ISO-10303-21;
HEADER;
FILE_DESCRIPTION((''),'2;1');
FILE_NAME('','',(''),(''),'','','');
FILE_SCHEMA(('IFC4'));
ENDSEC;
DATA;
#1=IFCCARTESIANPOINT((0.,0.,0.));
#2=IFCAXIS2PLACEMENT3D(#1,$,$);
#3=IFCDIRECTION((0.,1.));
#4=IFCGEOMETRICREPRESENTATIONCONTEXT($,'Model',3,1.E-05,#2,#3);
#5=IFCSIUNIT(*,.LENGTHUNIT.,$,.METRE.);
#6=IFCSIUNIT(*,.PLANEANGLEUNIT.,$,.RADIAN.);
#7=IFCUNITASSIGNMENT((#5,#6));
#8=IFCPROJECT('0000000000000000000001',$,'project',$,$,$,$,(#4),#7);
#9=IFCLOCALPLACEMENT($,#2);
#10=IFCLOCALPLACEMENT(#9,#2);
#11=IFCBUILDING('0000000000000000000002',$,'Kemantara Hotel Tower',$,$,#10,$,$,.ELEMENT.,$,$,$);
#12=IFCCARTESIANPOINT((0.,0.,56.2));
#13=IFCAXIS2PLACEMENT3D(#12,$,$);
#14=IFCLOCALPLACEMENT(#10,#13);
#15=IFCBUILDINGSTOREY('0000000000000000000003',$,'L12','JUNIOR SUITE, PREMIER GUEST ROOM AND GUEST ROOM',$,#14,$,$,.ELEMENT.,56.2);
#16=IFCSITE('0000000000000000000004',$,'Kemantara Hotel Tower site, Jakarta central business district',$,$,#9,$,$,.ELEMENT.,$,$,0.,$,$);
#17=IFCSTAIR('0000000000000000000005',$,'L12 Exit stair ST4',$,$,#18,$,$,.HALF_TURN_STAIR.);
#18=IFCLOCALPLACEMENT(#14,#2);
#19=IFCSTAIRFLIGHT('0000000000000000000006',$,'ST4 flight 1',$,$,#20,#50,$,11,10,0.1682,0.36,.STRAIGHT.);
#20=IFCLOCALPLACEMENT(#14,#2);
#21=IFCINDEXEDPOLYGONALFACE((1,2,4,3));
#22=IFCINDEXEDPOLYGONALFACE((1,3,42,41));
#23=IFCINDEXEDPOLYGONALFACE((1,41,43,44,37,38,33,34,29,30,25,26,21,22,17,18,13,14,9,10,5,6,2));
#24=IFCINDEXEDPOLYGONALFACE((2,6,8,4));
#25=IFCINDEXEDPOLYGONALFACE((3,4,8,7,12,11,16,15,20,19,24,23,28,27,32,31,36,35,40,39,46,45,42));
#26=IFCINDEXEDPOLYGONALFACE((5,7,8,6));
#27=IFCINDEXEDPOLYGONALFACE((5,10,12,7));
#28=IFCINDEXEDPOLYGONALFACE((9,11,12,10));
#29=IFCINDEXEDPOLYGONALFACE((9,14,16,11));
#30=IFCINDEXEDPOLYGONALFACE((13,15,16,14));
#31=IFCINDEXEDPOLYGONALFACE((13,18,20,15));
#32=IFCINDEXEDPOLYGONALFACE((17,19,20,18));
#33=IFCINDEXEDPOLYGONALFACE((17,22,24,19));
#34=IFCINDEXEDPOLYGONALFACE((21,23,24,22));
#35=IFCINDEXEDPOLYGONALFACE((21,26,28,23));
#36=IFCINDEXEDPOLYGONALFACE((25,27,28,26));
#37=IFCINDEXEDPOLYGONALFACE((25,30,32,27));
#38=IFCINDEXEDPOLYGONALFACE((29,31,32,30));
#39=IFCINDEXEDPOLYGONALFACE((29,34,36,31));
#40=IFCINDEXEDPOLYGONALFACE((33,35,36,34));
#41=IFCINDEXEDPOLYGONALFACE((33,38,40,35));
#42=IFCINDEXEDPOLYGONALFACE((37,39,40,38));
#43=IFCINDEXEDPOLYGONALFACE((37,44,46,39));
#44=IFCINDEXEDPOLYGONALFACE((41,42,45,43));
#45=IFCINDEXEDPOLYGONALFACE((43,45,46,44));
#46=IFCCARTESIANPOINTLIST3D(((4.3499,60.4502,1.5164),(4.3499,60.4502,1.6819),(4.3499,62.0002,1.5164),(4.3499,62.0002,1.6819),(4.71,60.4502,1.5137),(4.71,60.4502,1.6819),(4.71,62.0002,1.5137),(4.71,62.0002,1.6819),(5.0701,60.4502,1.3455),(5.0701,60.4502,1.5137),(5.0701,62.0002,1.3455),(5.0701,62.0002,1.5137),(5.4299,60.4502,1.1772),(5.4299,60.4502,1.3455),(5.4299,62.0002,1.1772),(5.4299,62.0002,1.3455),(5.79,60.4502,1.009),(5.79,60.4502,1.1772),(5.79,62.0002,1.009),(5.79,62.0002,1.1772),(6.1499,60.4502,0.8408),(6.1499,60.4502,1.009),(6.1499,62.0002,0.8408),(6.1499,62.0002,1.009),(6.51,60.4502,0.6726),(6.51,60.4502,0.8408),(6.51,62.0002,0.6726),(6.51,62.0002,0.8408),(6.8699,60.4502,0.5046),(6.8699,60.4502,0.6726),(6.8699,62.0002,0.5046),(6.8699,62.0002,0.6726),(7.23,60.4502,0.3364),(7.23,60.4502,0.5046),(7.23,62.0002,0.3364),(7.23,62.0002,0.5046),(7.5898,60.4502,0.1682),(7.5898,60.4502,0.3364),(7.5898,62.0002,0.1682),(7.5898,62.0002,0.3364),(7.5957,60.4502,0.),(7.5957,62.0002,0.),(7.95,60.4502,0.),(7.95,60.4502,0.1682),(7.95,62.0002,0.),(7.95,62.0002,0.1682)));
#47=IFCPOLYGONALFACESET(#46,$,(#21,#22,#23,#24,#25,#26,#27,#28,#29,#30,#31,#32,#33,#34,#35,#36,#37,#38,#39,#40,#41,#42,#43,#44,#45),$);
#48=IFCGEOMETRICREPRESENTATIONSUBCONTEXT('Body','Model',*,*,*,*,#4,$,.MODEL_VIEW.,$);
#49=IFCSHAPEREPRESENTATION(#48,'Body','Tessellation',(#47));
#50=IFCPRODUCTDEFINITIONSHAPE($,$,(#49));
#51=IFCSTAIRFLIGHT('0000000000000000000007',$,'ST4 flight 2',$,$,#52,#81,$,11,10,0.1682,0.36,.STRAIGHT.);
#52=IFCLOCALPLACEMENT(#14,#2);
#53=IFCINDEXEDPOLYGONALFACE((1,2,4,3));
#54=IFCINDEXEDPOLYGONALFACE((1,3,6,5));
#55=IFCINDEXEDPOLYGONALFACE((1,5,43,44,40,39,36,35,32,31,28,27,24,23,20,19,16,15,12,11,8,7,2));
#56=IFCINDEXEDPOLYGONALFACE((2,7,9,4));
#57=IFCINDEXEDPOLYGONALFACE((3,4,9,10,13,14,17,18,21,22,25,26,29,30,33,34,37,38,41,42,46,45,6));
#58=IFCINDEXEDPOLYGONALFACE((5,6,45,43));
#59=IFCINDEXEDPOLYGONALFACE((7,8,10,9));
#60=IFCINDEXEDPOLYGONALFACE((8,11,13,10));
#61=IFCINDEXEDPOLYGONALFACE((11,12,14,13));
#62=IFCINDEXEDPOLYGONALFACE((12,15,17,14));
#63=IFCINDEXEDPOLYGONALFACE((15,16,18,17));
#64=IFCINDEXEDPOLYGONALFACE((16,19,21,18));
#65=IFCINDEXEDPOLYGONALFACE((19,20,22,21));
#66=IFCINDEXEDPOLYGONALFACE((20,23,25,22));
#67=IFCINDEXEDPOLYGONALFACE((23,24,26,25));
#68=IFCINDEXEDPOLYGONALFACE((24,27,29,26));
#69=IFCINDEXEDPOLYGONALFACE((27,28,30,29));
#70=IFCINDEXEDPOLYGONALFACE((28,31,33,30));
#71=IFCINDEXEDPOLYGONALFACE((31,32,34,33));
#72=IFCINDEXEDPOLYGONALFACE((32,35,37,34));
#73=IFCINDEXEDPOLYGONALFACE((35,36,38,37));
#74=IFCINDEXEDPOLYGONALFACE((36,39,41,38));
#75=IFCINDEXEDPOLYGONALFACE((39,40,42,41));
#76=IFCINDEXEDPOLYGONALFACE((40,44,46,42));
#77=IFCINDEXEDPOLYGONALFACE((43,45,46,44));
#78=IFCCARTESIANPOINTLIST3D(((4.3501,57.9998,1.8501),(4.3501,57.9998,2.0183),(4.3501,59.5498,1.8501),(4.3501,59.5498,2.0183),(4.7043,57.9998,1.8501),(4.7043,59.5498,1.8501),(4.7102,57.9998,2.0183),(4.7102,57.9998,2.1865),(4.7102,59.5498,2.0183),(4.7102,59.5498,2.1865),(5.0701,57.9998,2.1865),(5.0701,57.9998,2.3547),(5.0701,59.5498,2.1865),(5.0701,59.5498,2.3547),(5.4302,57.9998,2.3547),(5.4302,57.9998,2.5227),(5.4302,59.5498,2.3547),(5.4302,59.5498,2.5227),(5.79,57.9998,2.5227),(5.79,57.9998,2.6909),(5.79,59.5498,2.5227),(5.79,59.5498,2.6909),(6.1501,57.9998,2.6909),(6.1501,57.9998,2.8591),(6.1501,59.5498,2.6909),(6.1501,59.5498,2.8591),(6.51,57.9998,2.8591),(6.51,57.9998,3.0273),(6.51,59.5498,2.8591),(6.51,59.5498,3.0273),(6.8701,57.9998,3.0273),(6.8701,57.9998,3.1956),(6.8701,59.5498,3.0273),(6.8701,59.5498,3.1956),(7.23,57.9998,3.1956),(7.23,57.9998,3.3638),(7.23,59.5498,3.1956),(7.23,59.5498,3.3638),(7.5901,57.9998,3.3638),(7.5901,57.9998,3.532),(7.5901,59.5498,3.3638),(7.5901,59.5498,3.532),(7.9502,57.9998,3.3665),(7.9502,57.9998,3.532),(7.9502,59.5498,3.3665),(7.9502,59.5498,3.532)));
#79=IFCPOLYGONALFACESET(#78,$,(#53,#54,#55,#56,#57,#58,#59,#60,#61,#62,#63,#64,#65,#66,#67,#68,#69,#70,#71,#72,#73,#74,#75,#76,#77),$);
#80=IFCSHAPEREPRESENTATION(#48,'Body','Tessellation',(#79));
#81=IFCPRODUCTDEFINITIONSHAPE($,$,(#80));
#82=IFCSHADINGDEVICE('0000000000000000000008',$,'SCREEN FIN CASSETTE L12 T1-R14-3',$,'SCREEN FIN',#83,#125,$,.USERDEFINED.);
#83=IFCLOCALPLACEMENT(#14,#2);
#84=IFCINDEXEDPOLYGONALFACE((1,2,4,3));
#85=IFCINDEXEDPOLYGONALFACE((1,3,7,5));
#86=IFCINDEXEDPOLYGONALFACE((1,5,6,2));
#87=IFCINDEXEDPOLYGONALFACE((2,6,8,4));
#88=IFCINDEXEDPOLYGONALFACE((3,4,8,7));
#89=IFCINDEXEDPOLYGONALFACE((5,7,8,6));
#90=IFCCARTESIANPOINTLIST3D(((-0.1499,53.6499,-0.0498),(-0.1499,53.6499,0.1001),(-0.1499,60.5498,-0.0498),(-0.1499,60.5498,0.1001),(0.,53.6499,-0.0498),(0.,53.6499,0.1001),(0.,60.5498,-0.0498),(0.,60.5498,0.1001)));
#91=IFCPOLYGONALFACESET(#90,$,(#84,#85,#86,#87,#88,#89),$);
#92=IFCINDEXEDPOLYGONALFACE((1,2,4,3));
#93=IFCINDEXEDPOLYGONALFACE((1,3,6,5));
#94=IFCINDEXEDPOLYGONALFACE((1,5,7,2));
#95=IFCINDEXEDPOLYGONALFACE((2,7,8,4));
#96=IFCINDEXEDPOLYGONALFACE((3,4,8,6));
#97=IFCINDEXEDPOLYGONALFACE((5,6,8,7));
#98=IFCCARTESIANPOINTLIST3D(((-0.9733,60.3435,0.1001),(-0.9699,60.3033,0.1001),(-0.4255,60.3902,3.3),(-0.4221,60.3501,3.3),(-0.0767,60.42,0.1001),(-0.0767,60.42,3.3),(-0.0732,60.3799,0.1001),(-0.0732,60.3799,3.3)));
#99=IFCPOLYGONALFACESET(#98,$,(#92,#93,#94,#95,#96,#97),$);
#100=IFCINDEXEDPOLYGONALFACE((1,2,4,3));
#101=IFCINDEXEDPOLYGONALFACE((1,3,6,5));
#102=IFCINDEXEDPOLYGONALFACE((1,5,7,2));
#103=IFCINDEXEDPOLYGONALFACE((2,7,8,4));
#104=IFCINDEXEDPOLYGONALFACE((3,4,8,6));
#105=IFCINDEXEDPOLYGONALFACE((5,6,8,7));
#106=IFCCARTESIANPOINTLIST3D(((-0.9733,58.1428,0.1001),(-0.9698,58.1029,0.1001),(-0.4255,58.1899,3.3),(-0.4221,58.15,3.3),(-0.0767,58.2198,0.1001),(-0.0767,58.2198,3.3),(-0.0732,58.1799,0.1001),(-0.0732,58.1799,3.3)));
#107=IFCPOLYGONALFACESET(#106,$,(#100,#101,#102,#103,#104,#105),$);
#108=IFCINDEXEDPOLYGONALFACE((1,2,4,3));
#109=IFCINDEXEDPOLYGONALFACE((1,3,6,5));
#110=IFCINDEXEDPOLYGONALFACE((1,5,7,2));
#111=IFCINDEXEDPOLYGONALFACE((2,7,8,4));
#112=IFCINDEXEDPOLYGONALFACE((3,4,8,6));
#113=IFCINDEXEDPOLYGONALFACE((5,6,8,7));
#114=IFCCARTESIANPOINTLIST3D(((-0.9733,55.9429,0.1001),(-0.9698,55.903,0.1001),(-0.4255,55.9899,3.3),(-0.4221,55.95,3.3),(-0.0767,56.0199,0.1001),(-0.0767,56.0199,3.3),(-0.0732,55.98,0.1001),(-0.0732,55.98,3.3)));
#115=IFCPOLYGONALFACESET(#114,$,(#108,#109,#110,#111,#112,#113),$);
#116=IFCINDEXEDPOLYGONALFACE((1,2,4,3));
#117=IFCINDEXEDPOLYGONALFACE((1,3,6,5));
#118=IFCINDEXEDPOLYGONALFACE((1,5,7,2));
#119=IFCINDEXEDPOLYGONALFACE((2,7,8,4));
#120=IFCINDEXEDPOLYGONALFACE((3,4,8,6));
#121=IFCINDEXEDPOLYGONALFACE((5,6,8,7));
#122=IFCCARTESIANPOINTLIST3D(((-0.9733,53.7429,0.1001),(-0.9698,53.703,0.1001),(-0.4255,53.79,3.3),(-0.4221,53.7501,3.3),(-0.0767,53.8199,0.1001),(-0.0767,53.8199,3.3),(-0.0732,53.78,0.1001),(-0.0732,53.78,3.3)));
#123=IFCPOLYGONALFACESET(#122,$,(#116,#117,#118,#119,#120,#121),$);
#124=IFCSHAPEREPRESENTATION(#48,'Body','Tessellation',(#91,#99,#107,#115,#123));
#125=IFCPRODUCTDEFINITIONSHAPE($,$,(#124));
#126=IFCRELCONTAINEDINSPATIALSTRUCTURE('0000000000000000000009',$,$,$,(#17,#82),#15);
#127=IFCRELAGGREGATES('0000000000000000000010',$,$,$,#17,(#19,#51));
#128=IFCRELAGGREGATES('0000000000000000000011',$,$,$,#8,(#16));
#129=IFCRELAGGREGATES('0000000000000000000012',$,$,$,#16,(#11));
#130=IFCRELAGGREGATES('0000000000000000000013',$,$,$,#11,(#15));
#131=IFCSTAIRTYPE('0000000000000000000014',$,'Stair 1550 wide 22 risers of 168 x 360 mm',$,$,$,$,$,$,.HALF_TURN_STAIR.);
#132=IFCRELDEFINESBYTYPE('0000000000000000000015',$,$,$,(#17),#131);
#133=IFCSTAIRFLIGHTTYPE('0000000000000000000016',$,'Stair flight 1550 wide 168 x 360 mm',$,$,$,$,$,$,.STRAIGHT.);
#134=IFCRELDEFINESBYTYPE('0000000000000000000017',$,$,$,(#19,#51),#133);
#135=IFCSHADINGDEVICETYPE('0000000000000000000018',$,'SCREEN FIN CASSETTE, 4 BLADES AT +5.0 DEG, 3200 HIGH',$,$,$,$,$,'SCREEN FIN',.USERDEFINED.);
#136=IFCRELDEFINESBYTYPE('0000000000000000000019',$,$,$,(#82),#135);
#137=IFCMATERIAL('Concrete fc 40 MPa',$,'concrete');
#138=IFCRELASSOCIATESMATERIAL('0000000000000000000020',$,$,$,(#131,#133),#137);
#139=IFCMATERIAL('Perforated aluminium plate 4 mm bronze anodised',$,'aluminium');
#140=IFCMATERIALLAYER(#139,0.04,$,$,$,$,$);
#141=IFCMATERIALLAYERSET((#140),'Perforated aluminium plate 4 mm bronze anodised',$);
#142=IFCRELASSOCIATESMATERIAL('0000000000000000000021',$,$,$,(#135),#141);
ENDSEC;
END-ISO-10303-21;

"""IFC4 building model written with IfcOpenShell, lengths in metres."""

from ifc_helpers import new_model, si_unit, direction, frame, origin, origin_2d, place, context, subcontext, project, spatial, polyline, rectangle, outline, extrude, source, transform, mapped, material, layer, layer_set, type_object, element, aggregate, save


model = new_model("IFC4")

# Units and contexts
model_context = context("Model", 3, precision=1e-05, world=origin(), true_north=direction((0.0, 1.0)))
body_context = subcontext(model_context, "Body", "Model", "MODEL_VIEW")
ifc_project = project(units=[si_unit("LENGTHUNIT", "METRE"), si_unit("PLANEANGLEUNIT", "RADIAN")], contexts=[model_context])

# Site, building, storey
site_placement = place(None, origin())
site = spatial("IfcSite", under=ifc_project, at=site_placement, Name="Kemantara Hotel Tower site, Jakarta central business district", CompositionType="ELEMENT", RefElevation=0.0)
building_placement = place(site_placement, origin())
building = spatial("IfcBuilding", under=site, at=building_placement, Name="Kemantara Hotel Tower", CompositionType="ELEMENT")
storey_placement = place(building_placement, frame((0.0, 0.0, 56.2)))
storey = spatial("IfcBuildingStorey", under=building, at=storey_placement, Name="L12", Description="JUNIOR SUITE, PREMIER GUEST ROOM AND GUEST ROOM", CompositionType="ELEMENT", Elevation=56.2)

# Shared definitions
ifc_material_1 = material(Name="Concrete fc 40 MPa", Category="concrete")

# Stair, stair flights
stair_type = type_object("IfcStairType", Name="Stair 1550 wide 22 risers of 168 x 360 mm", PredefinedType="HALF_TURN_STAIR", material=ifc_material_1)
stair_placement = place(storey_placement, origin())
stair = element("IfcStair", 1, at=stair_placement, inside=storey, type_object=stair_type, Name="L12 Exit stair ST4", PredefinedType="HALF_TURN_STAIR")
stair_flight_type = type_object("IfcStairFlightType", Name="Stair flight 1550 wide 168 x 360 mm", PredefinedType="STRAIGHT", material=ifc_material_1)
stair_flight_1_placement = place(storey_placement, frame((7.95, 61.2251, 0.0), z_axis=(0.0, 0.0, 1.0), x_axis=(-1.0, 0.0, 0.0)))
stair_flight_1 = element("IfcStairFlight", 2, at=stair_flight_1_placement, type_object=stair_flight_type, Name="ST4 flight 1", NumberOfRisers=11, NumberOfTreads=10, PredefinedType="STRAIGHT", RiserHeight=0.1682, TreadLength=0.36, context=body_context, shape_type="SweptSolid", body=[
    extrude(outline(polyline([(0.0, 0.0), (0.0, 0.1682), (0.3601, 0.1682), (0.3601, 0.3364), (0.72, 0.3364), (0.72, 0.5046), (1.0801, 0.5046), (1.0801, 0.6726), (1.4399, 0.6726), (1.4399, 0.8408), (1.8, 0.8408), (1.8, 1.009), (2.1599, 1.009), (2.1599, 1.1772), (2.52, 1.1772), (2.52, 1.3455), (2.8799, 1.3455), (2.8799, 1.5137), (3.24, 1.5137), (3.24, 1.6819), (3.6001, 1.6819), (3.6001, 1.8501), (3.6001, 1.5164), (0.3542, 0.0), (0.0, 0.0)])), frame((0.0, 0.7749, 0.0), z_axis=(0.0, -1.0, 0.0), x_axis=(1.0, 0.0, 0.0)), (0.0, 0.0, 1.0), 1.55),
])
stair_flight_2_placement = place(storey_placement, frame((4.3501, 58.7749, 1.8501), z_axis=(0.0, 0.0, 1.0), x_axis=(1.0, 0.0, 0.0)))
stair_flight_2 = element("IfcStairFlight", 3, at=stair_flight_2_placement, type_object=stair_flight_type, Name="ST4 flight 2", NumberOfRisers=11, NumberOfTreads=10, PredefinedType="STRAIGHT", RiserHeight=0.1682, TreadLength=0.36, context=body_context, shape_type="SweptSolid", body=[
    extrude(outline(polyline([(0.0, 0.0), (0.0, 0.1682), (0.3601, 0.1682), (0.3601, 0.3364), (0.72, 0.3364), (0.72, 0.5046), (1.0801, 0.5046), (1.0801, 0.6726), (1.4399, 0.6726), (1.4399, 0.8408), (1.8, 0.8408), (1.8, 1.009), (2.1599, 1.009), (2.1599, 1.1772), (2.52, 1.1772), (2.52, 1.3455), (2.8799, 1.3455), (2.8799, 1.5137), (3.24, 1.5137), (3.24, 1.6819), (3.6001, 1.6819), (3.6001, 1.8501), (3.6001, 1.5164), (0.3542, 0.0), (0.0, 0.0)])), frame((0.0, 0.7749, 0.0), z_axis=(0.0, -1.0, 0.0), x_axis=(1.0, 0.0, 0.0)), (0.0, 0.0, 1.0), 1.55),
])
aggregate(stair, [stair_flight_1, stair_flight_2])

# Shading device
ifc_material_2 = material(Name="Perforated aluminium plate 4 mm bronze anodised", Category="aluminium")
ifc_layer_1 = layer(ifc_material_2, 0.04)
ifc_layer_set_1 = layer_set([ifc_layer_1], Name="Perforated aluminium plate 4 mm bronze anodised")
shading_device_type = type_object("IfcShadingDeviceType", Name="SCREEN FIN CASSETTE, 4 BLADES AT +5.0 DEG, 3200 HIGH", ElementType="SCREEN FIN", PredefinedType="USERDEFINED", material=ifc_layer_set_1)
shared_shape = source(origin(), body_context, "Body", "SweptSolid", [
    extrude(rectangle(XDim=6.8999, YDim=0.1499, at=origin_2d()), frame((3.3, -0.075, -0.1499), z_axis=(0.0, 0.0, 1.0), x_axis=(1.0, 0.0, 0.0)), (0.0, 0.0, 1.0), 0.1499),
    extrude(outline(polyline([(0.0, 0.0), (0.8999, 0.0), (0.3501, 3.2), (0.0, 3.2), (0.0, 0.0)])), frame((0.02, -0.0732, 0.0), z_axis=(-0.996376, -0.085056, 0.0), x_axis=(0.085056, -0.996376, 0.0)), (0.0, 0.0, 1.0), 0.0403),
    extrude(outline(polyline([(0.0, 0.0), (0.8999, 0.0), (0.3501, 3.2), (0.0, 3.2), (0.0, 0.0)])), frame((2.22, -0.0732, 0.0), z_axis=(-0.996332, -0.085575, 0.0), x_axis=(0.085575, -0.996332, 0.0)), (0.0, 0.0, 1.0), 0.04),
    extrude(outline(polyline([(0.0, 0.0), (0.8999, 0.0), (0.3501, 3.2), (0.0, 3.2), (0.0, 0.0)])), frame((4.4199, -0.0732, 0.0), z_axis=(-0.996332, -0.085575, 0.0), x_axis=(0.085575, -0.996332, 0.0)), (0.0, 0.0, 1.0), 0.04),
    extrude(outline(polyline([(0.0, 0.0), (0.8999, 0.0), (0.3501, 3.2), (0.0, 3.2), (0.0, 0.0)])), frame((6.6199, -0.0732, 0.0), z_axis=(-0.996332, -0.085575, 0.0), x_axis=(0.085575, -0.996332, 0.0)), (0.0, 0.0, 1.0), 0.04),
])
shading_device_placement = place(storey_placement, frame((0.0, 60.3999, 0.1001), z_axis=(0.0, 0.0, 1.0), x_axis=(0.0, -1.0, 0.0)))
element("IfcShadingDevice", 4, at=shading_device_placement, inside=storey, type_object=shading_device_type, Name="SCREEN FIN CASSETTE L12 T1-R14-3", ObjectType="SCREEN FIN", PredefinedType="USERDEFINED", context=body_context, shape_type="MappedRepresentation", body=[
    mapped(shared_shape, transform((0.0, 0.0, 0.0))),
])

save(model, "model.ifc")
